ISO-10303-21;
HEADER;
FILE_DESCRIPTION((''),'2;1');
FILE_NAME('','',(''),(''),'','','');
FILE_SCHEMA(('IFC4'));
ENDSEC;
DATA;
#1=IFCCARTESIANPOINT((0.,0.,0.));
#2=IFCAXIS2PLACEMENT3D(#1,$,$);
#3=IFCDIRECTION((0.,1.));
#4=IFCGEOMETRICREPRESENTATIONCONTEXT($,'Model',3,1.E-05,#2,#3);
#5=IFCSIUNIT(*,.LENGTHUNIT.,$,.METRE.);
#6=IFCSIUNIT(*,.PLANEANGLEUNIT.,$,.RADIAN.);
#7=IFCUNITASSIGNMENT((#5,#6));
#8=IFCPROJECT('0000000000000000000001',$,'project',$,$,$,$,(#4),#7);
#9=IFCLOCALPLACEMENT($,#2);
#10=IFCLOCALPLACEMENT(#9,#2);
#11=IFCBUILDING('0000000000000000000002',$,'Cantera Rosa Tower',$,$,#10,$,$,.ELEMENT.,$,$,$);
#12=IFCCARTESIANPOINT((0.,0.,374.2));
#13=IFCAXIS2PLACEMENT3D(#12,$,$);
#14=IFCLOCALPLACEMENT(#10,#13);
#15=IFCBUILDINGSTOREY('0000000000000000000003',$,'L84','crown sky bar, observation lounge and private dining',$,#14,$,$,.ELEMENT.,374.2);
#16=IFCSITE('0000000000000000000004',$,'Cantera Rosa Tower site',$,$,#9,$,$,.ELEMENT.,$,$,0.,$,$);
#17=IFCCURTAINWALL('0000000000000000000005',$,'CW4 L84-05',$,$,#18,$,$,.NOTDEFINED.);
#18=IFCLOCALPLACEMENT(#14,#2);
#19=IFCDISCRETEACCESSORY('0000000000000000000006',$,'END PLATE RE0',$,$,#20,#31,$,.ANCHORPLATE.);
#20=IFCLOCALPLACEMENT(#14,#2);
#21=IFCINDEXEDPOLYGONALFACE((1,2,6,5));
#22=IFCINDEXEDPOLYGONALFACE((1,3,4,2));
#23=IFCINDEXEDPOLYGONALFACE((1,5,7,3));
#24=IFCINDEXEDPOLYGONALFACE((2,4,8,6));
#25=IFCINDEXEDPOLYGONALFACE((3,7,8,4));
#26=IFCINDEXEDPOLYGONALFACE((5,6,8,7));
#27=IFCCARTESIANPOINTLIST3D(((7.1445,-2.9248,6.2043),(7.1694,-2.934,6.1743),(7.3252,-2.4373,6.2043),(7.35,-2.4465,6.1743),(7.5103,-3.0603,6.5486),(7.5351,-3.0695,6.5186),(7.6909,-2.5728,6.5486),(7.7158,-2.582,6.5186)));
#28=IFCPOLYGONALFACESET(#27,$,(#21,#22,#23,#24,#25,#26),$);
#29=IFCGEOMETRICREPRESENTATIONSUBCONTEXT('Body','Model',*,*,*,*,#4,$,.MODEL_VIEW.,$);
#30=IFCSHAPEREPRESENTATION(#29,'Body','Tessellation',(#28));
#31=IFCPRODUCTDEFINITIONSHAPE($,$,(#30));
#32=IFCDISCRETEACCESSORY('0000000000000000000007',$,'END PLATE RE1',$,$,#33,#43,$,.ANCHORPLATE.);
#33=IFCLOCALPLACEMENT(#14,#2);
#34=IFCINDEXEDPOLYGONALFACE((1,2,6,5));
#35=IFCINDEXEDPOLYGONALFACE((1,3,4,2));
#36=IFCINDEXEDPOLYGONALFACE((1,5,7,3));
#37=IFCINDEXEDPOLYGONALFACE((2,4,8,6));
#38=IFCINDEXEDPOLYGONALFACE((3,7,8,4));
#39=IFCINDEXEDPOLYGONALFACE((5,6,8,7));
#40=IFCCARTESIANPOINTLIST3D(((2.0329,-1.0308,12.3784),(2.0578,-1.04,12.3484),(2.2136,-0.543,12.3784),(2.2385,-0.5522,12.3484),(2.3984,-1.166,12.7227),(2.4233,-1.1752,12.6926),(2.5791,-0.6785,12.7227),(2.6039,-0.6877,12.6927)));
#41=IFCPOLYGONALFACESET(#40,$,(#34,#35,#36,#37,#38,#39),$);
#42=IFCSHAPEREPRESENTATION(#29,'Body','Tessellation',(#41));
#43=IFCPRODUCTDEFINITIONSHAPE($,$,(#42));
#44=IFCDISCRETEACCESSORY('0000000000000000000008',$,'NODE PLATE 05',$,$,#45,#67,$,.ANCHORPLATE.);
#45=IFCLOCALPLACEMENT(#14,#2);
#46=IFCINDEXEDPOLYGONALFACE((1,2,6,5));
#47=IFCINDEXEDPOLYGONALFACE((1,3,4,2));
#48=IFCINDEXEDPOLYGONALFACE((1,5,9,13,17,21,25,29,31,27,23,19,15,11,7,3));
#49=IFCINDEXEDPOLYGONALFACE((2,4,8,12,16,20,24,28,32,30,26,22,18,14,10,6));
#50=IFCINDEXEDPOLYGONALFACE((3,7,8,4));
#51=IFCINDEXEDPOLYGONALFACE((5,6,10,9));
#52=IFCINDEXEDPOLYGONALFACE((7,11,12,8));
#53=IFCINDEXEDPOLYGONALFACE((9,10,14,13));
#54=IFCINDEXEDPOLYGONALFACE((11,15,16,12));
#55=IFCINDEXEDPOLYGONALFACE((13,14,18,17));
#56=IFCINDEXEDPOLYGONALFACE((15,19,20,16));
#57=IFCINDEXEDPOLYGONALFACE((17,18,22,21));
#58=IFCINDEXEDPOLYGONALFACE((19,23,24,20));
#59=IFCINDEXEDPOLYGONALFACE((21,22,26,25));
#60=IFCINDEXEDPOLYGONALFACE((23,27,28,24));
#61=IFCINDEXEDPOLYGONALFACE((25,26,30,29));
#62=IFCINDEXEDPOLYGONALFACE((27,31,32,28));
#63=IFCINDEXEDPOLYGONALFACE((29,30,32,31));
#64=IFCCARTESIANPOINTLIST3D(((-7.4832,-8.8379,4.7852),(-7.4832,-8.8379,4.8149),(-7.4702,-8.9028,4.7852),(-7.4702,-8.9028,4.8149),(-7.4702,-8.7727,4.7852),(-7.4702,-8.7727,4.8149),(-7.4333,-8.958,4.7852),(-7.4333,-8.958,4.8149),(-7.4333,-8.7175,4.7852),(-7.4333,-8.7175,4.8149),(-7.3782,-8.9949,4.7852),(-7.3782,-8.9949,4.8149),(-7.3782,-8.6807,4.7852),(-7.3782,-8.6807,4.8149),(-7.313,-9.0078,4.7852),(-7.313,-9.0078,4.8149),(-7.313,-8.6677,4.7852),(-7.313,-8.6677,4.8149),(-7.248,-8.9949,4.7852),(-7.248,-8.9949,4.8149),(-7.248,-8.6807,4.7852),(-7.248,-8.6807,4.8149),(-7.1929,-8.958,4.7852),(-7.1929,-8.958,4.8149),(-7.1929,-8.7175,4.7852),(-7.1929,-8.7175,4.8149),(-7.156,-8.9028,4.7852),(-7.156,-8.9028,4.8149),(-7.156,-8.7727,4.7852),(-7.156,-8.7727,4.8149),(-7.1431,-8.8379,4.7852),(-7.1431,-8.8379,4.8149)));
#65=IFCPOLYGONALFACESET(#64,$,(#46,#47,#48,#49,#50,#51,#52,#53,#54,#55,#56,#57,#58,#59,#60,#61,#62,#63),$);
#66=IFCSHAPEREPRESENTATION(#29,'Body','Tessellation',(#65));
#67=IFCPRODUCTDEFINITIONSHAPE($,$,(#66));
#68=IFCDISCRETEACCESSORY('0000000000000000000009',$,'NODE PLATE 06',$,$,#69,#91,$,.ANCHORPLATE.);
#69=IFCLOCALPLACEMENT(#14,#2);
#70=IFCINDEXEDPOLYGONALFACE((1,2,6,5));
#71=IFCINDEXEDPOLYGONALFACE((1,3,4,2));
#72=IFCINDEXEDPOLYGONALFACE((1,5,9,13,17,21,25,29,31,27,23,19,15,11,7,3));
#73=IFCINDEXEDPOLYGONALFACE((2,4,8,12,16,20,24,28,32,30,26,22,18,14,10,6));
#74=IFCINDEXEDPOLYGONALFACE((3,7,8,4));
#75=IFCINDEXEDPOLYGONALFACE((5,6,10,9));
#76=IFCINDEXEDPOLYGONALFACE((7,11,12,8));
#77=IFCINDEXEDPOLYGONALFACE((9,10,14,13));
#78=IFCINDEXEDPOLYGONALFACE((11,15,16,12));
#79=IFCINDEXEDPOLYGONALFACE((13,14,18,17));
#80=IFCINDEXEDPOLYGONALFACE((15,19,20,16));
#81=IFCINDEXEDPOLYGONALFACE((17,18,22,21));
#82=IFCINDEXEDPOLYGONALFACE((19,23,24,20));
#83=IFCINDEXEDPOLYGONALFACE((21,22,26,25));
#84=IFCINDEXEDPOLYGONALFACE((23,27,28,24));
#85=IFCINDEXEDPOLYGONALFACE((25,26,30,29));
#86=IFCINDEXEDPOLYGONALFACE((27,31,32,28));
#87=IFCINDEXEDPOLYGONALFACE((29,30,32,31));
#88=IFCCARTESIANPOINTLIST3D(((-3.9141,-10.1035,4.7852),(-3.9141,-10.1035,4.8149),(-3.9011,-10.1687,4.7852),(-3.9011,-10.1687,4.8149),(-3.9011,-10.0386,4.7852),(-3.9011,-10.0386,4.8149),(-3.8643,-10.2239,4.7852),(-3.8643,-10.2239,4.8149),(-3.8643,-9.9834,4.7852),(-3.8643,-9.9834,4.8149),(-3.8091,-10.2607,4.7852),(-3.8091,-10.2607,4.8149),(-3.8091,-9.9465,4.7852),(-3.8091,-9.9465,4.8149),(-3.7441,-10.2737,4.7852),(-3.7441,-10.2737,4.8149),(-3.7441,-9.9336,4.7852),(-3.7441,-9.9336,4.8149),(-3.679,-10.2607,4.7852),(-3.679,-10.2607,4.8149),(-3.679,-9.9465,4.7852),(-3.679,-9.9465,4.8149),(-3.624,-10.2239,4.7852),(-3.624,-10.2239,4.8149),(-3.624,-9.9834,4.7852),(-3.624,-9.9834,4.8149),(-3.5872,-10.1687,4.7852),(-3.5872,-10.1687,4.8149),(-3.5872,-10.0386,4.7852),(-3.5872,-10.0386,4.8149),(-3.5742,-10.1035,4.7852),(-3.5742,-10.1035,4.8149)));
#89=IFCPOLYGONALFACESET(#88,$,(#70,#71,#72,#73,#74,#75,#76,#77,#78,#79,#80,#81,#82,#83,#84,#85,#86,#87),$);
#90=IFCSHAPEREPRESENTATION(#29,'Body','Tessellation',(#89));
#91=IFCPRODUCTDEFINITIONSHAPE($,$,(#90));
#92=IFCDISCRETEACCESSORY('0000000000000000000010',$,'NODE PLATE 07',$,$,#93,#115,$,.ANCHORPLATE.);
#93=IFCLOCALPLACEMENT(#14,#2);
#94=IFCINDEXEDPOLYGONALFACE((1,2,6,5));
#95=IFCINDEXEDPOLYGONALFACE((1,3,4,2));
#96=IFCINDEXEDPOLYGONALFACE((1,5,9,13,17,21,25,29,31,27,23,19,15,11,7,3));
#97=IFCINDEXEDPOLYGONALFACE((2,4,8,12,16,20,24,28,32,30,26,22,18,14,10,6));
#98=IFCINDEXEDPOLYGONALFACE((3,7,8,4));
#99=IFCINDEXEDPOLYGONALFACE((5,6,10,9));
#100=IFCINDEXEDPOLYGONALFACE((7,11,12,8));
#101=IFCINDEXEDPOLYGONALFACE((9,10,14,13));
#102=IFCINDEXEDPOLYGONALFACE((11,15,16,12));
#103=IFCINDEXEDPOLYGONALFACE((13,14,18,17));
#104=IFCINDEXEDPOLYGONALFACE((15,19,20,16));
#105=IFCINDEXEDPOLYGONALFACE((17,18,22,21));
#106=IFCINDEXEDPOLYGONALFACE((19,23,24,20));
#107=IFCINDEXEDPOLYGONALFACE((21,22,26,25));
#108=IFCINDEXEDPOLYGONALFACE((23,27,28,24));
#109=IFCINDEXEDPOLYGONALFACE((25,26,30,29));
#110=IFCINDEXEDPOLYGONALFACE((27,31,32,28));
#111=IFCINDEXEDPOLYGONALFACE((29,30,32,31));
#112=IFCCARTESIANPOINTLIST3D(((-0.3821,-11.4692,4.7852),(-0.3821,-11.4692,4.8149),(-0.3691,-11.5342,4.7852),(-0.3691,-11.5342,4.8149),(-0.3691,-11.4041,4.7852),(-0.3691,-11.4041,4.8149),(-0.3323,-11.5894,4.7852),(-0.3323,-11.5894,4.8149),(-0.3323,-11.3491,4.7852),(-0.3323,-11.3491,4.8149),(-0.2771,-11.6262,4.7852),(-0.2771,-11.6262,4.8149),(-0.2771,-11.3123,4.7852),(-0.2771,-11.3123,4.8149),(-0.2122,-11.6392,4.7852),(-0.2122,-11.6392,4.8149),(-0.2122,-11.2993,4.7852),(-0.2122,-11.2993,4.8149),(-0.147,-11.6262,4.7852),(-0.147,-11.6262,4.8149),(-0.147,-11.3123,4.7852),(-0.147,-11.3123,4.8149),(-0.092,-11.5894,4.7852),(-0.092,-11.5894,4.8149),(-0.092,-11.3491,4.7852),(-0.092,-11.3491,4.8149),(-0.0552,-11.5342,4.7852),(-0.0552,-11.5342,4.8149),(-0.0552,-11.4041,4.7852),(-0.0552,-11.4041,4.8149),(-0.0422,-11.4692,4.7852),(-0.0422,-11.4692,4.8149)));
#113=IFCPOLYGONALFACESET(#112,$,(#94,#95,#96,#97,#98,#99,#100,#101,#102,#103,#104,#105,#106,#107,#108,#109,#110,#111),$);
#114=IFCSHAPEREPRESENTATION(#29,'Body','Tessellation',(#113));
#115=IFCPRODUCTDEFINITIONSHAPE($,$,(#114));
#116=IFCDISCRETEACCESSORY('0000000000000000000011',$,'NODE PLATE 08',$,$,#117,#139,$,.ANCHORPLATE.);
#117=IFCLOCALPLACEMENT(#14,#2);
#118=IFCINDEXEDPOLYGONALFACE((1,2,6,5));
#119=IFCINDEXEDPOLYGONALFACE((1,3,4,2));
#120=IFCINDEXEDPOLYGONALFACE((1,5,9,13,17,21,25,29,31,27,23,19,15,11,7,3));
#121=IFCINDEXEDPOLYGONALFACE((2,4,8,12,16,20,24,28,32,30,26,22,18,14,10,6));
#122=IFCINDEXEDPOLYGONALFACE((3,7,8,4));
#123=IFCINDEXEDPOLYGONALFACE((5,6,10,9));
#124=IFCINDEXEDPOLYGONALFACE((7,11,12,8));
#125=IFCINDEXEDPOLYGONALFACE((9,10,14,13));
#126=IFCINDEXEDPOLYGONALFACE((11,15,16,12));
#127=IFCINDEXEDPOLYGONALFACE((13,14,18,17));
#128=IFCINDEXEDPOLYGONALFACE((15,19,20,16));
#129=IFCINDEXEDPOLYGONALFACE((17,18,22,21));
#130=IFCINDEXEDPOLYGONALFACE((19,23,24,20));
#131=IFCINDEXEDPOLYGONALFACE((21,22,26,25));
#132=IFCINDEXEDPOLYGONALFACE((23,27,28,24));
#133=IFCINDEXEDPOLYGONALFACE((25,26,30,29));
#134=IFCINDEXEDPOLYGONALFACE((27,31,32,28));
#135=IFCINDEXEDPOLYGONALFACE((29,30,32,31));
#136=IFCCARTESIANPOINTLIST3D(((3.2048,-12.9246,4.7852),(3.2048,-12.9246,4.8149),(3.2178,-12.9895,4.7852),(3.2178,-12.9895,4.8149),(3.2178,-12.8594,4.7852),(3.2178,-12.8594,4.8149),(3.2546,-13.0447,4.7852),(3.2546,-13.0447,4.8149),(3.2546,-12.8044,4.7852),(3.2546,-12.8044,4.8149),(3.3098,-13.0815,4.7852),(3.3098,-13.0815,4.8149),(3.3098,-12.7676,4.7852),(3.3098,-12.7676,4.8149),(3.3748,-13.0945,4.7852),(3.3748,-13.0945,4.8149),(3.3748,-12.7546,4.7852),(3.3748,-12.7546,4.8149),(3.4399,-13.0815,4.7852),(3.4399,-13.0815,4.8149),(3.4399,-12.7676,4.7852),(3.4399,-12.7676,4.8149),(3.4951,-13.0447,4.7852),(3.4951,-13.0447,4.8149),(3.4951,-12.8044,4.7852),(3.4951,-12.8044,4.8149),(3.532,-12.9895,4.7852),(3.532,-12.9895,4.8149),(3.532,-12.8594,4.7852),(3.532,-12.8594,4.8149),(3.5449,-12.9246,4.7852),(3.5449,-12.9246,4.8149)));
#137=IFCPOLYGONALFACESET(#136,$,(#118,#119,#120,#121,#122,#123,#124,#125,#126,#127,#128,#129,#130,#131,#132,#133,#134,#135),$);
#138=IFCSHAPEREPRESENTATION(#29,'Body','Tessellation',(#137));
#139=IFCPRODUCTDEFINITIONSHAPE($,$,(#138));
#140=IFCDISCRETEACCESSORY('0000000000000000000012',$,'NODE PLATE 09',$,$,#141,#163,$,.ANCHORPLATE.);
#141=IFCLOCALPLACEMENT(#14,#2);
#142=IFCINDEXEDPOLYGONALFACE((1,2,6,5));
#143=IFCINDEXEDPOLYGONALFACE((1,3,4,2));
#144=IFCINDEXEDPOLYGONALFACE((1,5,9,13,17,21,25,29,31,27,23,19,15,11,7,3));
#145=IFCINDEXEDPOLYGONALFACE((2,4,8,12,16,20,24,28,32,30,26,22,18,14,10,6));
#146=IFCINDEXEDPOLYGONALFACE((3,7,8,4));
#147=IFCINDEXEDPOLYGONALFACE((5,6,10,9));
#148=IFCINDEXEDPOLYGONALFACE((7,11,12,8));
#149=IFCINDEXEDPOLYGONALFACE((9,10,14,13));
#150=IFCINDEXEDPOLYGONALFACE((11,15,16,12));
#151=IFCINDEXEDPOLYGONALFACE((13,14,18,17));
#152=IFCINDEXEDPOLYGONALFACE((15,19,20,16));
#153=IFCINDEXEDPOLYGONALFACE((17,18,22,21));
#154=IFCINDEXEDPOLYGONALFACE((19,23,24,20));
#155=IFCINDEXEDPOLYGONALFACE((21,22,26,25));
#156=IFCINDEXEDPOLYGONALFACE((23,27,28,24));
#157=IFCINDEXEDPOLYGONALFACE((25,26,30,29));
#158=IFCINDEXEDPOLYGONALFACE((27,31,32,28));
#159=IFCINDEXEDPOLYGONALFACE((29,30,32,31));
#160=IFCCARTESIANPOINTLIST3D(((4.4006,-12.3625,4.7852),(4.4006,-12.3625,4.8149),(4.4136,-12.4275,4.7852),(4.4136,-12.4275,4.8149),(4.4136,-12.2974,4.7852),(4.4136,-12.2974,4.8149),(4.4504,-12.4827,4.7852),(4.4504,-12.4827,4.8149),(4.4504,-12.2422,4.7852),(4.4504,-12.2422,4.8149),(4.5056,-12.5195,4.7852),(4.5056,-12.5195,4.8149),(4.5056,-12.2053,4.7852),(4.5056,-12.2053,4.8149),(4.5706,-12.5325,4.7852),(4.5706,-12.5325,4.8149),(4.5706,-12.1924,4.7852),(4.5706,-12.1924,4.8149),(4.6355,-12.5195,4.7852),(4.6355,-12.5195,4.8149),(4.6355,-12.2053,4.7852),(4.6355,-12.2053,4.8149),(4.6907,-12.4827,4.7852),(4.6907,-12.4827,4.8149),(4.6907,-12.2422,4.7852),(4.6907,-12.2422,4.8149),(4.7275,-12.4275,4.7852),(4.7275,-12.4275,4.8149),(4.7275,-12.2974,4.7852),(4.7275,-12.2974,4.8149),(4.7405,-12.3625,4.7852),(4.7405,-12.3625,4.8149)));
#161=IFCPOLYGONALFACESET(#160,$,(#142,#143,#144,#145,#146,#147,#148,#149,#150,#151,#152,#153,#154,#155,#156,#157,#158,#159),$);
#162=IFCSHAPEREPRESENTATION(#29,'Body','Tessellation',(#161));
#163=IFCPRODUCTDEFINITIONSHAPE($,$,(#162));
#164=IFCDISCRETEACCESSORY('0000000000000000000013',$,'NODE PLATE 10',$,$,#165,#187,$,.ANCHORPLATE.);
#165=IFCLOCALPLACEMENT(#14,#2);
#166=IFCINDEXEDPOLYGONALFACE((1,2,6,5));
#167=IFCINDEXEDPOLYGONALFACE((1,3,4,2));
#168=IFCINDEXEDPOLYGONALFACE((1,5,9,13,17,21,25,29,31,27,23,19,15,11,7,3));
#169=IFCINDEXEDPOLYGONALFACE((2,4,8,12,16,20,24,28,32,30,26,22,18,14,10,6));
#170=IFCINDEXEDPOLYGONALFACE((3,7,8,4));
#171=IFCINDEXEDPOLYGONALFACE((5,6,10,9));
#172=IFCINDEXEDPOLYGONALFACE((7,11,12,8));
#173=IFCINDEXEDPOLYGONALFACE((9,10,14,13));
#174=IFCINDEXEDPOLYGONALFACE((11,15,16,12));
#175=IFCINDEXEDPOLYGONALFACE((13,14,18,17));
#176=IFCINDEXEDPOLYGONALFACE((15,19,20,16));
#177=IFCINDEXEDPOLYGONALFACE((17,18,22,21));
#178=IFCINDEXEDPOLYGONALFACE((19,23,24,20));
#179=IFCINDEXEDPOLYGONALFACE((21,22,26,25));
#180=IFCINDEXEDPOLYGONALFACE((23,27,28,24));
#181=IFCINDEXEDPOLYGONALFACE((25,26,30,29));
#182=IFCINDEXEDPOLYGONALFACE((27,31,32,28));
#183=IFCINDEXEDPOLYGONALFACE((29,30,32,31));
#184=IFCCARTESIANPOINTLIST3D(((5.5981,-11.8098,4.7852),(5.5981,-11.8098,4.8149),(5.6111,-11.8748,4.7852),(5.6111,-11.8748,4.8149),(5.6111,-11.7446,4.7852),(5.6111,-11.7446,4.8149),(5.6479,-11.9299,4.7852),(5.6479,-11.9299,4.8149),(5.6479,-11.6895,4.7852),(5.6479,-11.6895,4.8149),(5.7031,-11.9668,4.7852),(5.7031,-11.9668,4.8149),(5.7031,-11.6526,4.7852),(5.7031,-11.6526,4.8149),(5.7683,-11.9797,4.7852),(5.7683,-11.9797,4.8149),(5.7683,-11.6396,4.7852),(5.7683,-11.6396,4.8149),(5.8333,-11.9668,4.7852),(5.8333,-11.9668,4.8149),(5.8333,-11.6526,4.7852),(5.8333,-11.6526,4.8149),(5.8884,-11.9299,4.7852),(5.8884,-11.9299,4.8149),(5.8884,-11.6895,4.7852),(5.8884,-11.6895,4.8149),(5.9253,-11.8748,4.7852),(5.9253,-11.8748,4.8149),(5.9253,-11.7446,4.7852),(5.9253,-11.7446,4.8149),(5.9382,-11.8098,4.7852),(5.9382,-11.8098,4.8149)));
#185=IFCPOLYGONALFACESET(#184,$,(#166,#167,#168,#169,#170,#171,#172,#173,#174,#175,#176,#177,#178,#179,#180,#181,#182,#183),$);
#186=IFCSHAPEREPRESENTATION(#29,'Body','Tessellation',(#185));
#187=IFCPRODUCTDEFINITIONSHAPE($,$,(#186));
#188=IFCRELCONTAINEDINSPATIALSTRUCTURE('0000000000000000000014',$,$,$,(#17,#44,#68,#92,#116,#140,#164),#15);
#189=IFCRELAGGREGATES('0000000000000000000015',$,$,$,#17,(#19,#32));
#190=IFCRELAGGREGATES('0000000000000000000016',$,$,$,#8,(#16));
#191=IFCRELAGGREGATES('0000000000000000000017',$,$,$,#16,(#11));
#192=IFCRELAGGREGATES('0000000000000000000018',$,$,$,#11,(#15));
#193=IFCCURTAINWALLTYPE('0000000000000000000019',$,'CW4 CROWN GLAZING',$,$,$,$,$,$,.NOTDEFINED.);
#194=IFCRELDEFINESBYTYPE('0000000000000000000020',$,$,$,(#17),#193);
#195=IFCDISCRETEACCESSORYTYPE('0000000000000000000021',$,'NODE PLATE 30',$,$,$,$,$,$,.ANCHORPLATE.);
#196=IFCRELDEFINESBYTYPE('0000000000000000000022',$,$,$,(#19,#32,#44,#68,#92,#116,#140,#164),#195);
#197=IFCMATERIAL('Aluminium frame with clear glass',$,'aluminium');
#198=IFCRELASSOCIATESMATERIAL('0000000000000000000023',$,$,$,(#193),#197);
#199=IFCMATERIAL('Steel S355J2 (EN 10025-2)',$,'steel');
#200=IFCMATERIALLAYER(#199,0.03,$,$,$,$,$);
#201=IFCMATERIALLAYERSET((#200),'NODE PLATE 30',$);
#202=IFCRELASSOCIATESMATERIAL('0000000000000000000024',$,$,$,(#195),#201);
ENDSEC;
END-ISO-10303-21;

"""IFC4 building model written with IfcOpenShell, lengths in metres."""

from ifc_helpers import new_model, si_unit, direction, frame, origin, place, context, subcontext, project, spatial, polyline, outline, extrude, material, layer, layer_set, type_object, element, aggregate, save


model = new_model("IFC4")

# Units and contexts
model_context = context("Model", 3, precision=1e-05, world=origin(), true_north=direction((0.0, 1.0)))
body_context = subcontext(model_context, "Body", "Model", "MODEL_VIEW")
ifc_project = project(units=[si_unit("LENGTHUNIT", "METRE"), si_unit("PLANEANGLEUNIT", "RADIAN")], contexts=[model_context])

# Site, building, storey
site_placement = place(None, origin())
site = spatial("IfcSite", under=ifc_project, at=site_placement, Name="Cantera Rosa Tower site", CompositionType="ELEMENT", RefElevation=0.0)
building_placement = place(site_placement, origin())
building = spatial("IfcBuilding", under=site, at=building_placement, Name="Cantera Rosa Tower", CompositionType="ELEMENT")
storey_placement = place(building_placement, frame((0.0, 0.0, 374.2)))
storey = spatial("IfcBuildingStorey", under=building, at=storey_placement, Name="L84", Description="crown sky bar, observation lounge and private dining", CompositionType="ELEMENT", Elevation=374.2)

# Curtain wall
ifc_material_1 = material(Name="Aluminium frame with clear glass", Category="aluminium")
curtain_wall_type = type_object("IfcCurtainWallType", Name="CW4 CROWN GLAZING", PredefinedType="NOTDEFINED", material=ifc_material_1)
curtain_wall_1_placement = place(storey_placement, origin())
curtain_wall_1 = element("IfcCurtainWall", 1, at=curtain_wall_1_placement, inside=storey, type_object=curtain_wall_type, Name="CW4 L84-05", PredefinedType="NOTDEFINED")

# Shared definitions
ifc_material_2 = material(Name="Steel S355J2 (EN 10025-2)", Category="steel")
ifc_layer_1 = layer(ifc_material_2, 0.03)
ifc_layer_set_1 = layer_set([ifc_layer_1], Name="NODE PLATE 30")
discrete_accessory_type = type_object("IfcDiscreteAccessoryType", Name="NODE PLATE 30", PredefinedType="ANCHORPLATE", material=ifc_layer_set_1)

# Discrete accessories
discrete_accessory_1_placement = place(storey_placement, frame((7.6909, -2.5728, 6.5486), z_axis=(-0.620505, 0.229932, 0.749737), x_axis=(-0.347467, -0.937692, 0.0)))
discrete_accessory_1 = element("IfcDiscreteAccessory", 2, at=discrete_accessory_1_placement, type_object=discrete_accessory_type, Name="END PLATE RE0", PredefinedType="ANCHORPLATE", context=body_context, shape_type="SweptSolid", body=[
    extrude(outline(polyline([(0.0, 0.0), (0.5199, 0.0), (0.52, -0.5202), (0.0, -0.5202), (0.0, 0.0)])), origin(), (0.0, 0.0, -1.0), 0.04),
])
discrete_accessory_2_placement = place(storey_placement, frame((2.3984, -1.166, 12.7227), z_axis=(-0.620766, 0.229971, 0.749508), x_axis=(0.347434, 0.937705, 0.00004)))
discrete_accessory_2 = element("IfcDiscreteAccessory", 3, at=discrete_accessory_2_placement, type_object=discrete_accessory_type, Name="END PLATE RE1", PredefinedType="ANCHORPLATE", context=body_context, shape_type="SweptSolid", body=[
    extrude(outline(polyline([(0.0, 0.0), (0.5199, 0.0), (0.52, 0.52), (-0.0002, 0.52), (0.0, 0.0)])), origin(), (0.0, 0.0, -1.0), 0.04),
])
aggregate(curtain_wall_1, [discrete_accessory_1, discrete_accessory_2])

# Discrete accessories
discrete_accessory_3_placement = place(storey_placement, frame((0.0, 0.0, 4.7852)))
element("IfcDiscreteAccessory", 4, at=discrete_accessory_3_placement, inside=storey, type_object=discrete_accessory_type, Name="NODE PLATE 05", PredefinedType="ANCHORPLATE", context=body_context, shape_type="SweptSolid", body=[
    extrude(outline(polyline([(-7.1431, -8.8379), (-7.156, -8.7727), (-7.1929, -8.7175), (-7.248, -8.6807), (-7.313, -8.6677), (-7.3782, -8.6807), (-7.4333, -8.7175), (-7.4702, -8.7727), (-7.4832, -8.8379), (-7.4702, -8.9028), (-7.4333, -8.958), (-7.3782, -8.9949), (-7.313, -9.0078), (-7.248, -8.9949), (-7.1929, -8.958), (-7.156, -8.9028), (-7.1431, -8.8379)])), origin(), (0.0, 0.0, 1.0), 0.0298),
])
discrete_accessory_4_placement = place(storey_placement, frame((0.0, 0.0, 4.7852)))
element("IfcDiscreteAccessory", 5, at=discrete_accessory_4_placement, inside=storey, type_object=discrete_accessory_type, Name="NODE PLATE 06", PredefinedType="ANCHORPLATE", context=body_context, shape_type="SweptSolid", body=[
    extrude(outline(polyline([(-3.5742, -10.1035), (-3.5872, -10.0386), (-3.624, -9.9834), (-3.679, -9.9465), (-3.7441, -9.9336), (-3.8091, -9.9465), (-3.8643, -9.9834), (-3.9011, -10.0386), (-3.9141, -10.1035), (-3.9011, -10.1687), (-3.8643, -10.2239), (-3.8091, -10.2607), (-3.7441, -10.2737), (-3.679, -10.2607), (-3.624, -10.2239), (-3.5872, -10.1687), (-3.5742, -10.1035)])), origin(), (0.0, 0.0, 1.0), 0.0298),
])
discrete_accessory_5_placement = place(storey_placement, frame((0.0, 0.0, 4.7852)))
element("IfcDiscreteAccessory", 6, at=discrete_accessory_5_placement, inside=storey, type_object=discrete_accessory_type, Name="NODE PLATE 07", PredefinedType="ANCHORPLATE", context=body_context, shape_type="SweptSolid", body=[
    extrude(outline(polyline([(-0.0422, -11.4692), (-0.0552, -11.4041), (-0.092, -11.3491), (-0.147, -11.3123), (-0.2122, -11.2993), (-0.2771, -11.3123), (-0.3323, -11.3491), (-0.3691, -11.4041), (-0.3821, -11.4692), (-0.3691, -11.5342), (-0.3323, -11.5894), (-0.2771, -11.6262), (-0.2122, -11.6392), (-0.147, -11.6262), (-0.092, -11.5894), (-0.0552, -11.5342), (-0.0422, -11.4692)])), origin(), (0.0, 0.0, 1.0), 0.0298),
])
discrete_accessory_6_placement = place(storey_placement, frame((0.0, 0.0, 4.7852)))
element("IfcDiscreteAccessory", 7, at=discrete_accessory_6_placement, inside=storey, type_object=discrete_accessory_type, Name="NODE PLATE 08", PredefinedType="ANCHORPLATE", context=body_context, shape_type="SweptSolid", body=[
    extrude(outline(polyline([(3.5449, -12.9246), (3.532, -12.8594), (3.4951, -12.8044), (3.4399, -12.7676), (3.3748, -12.7546), (3.3098, -12.7676), (3.2546, -12.8044), (3.2178, -12.8594), (3.2048, -12.9246), (3.2178, -12.9895), (3.2546, -13.0447), (3.3098, -13.0815), (3.3748, -13.0945), (3.4399, -13.0815), (3.4951, -13.0447), (3.532, -12.9895), (3.5449, -12.9246)])), origin(), (0.0, 0.0, 1.0), 0.0298),
])
discrete_accessory_7_placement = place(storey_placement, frame((0.0, 0.0, 4.7852)))
element("IfcDiscreteAccessory", 8, at=discrete_accessory_7_placement, inside=storey, type_object=discrete_accessory_type, Name="NODE PLATE 09", PredefinedType="ANCHORPLATE", context=body_context, shape_type="SweptSolid", body=[
    extrude(outline(polyline([(4.7405, -12.3625), (4.7275, -12.2974), (4.6907, -12.2422), (4.6355, -12.2053), (4.5706, -12.1924), (4.5056, -12.2053), (4.4504, -12.2422), (4.4136, -12.2974), (4.4006, -12.3625), (4.4136, -12.4275), (4.4504, -12.4827), (4.5056, -12.5195), (4.5706, -12.5325), (4.6355, -12.5195), (4.6907, -12.4827), (4.7275, -12.4275), (4.7405, -12.3625)])), origin(), (0.0, 0.0, 1.0), 0.0298),
])
discrete_accessory_8_placement = place(storey_placement, frame((0.0, 0.0, 4.7852)))
element("IfcDiscreteAccessory", 9, at=discrete_accessory_8_placement, inside=storey, type_object=discrete_accessory_type, Name="NODE PLATE 10", PredefinedType="ANCHORPLATE", context=body_context, shape_type="SweptSolid", body=[
    extrude(outline(polyline([(5.9382, -11.8098), (5.9253, -11.7446), (5.8884, -11.6895), (5.8333, -11.6526), (5.7683, -11.6396), (5.7031, -11.6526), (5.6479, -11.6895), (5.6111, -11.7446), (5.5981, -11.8098), (5.6111, -11.8748), (5.6479, -11.9299), (5.7031, -11.9668), (5.7683, -11.9797), (5.8333, -11.9668), (5.8884, -11.9299), (5.9253, -11.8748), (5.9382, -11.8098)])), origin(), (0.0, 0.0, 1.0), 0.0298),
])

save(model, "model.ifc")
